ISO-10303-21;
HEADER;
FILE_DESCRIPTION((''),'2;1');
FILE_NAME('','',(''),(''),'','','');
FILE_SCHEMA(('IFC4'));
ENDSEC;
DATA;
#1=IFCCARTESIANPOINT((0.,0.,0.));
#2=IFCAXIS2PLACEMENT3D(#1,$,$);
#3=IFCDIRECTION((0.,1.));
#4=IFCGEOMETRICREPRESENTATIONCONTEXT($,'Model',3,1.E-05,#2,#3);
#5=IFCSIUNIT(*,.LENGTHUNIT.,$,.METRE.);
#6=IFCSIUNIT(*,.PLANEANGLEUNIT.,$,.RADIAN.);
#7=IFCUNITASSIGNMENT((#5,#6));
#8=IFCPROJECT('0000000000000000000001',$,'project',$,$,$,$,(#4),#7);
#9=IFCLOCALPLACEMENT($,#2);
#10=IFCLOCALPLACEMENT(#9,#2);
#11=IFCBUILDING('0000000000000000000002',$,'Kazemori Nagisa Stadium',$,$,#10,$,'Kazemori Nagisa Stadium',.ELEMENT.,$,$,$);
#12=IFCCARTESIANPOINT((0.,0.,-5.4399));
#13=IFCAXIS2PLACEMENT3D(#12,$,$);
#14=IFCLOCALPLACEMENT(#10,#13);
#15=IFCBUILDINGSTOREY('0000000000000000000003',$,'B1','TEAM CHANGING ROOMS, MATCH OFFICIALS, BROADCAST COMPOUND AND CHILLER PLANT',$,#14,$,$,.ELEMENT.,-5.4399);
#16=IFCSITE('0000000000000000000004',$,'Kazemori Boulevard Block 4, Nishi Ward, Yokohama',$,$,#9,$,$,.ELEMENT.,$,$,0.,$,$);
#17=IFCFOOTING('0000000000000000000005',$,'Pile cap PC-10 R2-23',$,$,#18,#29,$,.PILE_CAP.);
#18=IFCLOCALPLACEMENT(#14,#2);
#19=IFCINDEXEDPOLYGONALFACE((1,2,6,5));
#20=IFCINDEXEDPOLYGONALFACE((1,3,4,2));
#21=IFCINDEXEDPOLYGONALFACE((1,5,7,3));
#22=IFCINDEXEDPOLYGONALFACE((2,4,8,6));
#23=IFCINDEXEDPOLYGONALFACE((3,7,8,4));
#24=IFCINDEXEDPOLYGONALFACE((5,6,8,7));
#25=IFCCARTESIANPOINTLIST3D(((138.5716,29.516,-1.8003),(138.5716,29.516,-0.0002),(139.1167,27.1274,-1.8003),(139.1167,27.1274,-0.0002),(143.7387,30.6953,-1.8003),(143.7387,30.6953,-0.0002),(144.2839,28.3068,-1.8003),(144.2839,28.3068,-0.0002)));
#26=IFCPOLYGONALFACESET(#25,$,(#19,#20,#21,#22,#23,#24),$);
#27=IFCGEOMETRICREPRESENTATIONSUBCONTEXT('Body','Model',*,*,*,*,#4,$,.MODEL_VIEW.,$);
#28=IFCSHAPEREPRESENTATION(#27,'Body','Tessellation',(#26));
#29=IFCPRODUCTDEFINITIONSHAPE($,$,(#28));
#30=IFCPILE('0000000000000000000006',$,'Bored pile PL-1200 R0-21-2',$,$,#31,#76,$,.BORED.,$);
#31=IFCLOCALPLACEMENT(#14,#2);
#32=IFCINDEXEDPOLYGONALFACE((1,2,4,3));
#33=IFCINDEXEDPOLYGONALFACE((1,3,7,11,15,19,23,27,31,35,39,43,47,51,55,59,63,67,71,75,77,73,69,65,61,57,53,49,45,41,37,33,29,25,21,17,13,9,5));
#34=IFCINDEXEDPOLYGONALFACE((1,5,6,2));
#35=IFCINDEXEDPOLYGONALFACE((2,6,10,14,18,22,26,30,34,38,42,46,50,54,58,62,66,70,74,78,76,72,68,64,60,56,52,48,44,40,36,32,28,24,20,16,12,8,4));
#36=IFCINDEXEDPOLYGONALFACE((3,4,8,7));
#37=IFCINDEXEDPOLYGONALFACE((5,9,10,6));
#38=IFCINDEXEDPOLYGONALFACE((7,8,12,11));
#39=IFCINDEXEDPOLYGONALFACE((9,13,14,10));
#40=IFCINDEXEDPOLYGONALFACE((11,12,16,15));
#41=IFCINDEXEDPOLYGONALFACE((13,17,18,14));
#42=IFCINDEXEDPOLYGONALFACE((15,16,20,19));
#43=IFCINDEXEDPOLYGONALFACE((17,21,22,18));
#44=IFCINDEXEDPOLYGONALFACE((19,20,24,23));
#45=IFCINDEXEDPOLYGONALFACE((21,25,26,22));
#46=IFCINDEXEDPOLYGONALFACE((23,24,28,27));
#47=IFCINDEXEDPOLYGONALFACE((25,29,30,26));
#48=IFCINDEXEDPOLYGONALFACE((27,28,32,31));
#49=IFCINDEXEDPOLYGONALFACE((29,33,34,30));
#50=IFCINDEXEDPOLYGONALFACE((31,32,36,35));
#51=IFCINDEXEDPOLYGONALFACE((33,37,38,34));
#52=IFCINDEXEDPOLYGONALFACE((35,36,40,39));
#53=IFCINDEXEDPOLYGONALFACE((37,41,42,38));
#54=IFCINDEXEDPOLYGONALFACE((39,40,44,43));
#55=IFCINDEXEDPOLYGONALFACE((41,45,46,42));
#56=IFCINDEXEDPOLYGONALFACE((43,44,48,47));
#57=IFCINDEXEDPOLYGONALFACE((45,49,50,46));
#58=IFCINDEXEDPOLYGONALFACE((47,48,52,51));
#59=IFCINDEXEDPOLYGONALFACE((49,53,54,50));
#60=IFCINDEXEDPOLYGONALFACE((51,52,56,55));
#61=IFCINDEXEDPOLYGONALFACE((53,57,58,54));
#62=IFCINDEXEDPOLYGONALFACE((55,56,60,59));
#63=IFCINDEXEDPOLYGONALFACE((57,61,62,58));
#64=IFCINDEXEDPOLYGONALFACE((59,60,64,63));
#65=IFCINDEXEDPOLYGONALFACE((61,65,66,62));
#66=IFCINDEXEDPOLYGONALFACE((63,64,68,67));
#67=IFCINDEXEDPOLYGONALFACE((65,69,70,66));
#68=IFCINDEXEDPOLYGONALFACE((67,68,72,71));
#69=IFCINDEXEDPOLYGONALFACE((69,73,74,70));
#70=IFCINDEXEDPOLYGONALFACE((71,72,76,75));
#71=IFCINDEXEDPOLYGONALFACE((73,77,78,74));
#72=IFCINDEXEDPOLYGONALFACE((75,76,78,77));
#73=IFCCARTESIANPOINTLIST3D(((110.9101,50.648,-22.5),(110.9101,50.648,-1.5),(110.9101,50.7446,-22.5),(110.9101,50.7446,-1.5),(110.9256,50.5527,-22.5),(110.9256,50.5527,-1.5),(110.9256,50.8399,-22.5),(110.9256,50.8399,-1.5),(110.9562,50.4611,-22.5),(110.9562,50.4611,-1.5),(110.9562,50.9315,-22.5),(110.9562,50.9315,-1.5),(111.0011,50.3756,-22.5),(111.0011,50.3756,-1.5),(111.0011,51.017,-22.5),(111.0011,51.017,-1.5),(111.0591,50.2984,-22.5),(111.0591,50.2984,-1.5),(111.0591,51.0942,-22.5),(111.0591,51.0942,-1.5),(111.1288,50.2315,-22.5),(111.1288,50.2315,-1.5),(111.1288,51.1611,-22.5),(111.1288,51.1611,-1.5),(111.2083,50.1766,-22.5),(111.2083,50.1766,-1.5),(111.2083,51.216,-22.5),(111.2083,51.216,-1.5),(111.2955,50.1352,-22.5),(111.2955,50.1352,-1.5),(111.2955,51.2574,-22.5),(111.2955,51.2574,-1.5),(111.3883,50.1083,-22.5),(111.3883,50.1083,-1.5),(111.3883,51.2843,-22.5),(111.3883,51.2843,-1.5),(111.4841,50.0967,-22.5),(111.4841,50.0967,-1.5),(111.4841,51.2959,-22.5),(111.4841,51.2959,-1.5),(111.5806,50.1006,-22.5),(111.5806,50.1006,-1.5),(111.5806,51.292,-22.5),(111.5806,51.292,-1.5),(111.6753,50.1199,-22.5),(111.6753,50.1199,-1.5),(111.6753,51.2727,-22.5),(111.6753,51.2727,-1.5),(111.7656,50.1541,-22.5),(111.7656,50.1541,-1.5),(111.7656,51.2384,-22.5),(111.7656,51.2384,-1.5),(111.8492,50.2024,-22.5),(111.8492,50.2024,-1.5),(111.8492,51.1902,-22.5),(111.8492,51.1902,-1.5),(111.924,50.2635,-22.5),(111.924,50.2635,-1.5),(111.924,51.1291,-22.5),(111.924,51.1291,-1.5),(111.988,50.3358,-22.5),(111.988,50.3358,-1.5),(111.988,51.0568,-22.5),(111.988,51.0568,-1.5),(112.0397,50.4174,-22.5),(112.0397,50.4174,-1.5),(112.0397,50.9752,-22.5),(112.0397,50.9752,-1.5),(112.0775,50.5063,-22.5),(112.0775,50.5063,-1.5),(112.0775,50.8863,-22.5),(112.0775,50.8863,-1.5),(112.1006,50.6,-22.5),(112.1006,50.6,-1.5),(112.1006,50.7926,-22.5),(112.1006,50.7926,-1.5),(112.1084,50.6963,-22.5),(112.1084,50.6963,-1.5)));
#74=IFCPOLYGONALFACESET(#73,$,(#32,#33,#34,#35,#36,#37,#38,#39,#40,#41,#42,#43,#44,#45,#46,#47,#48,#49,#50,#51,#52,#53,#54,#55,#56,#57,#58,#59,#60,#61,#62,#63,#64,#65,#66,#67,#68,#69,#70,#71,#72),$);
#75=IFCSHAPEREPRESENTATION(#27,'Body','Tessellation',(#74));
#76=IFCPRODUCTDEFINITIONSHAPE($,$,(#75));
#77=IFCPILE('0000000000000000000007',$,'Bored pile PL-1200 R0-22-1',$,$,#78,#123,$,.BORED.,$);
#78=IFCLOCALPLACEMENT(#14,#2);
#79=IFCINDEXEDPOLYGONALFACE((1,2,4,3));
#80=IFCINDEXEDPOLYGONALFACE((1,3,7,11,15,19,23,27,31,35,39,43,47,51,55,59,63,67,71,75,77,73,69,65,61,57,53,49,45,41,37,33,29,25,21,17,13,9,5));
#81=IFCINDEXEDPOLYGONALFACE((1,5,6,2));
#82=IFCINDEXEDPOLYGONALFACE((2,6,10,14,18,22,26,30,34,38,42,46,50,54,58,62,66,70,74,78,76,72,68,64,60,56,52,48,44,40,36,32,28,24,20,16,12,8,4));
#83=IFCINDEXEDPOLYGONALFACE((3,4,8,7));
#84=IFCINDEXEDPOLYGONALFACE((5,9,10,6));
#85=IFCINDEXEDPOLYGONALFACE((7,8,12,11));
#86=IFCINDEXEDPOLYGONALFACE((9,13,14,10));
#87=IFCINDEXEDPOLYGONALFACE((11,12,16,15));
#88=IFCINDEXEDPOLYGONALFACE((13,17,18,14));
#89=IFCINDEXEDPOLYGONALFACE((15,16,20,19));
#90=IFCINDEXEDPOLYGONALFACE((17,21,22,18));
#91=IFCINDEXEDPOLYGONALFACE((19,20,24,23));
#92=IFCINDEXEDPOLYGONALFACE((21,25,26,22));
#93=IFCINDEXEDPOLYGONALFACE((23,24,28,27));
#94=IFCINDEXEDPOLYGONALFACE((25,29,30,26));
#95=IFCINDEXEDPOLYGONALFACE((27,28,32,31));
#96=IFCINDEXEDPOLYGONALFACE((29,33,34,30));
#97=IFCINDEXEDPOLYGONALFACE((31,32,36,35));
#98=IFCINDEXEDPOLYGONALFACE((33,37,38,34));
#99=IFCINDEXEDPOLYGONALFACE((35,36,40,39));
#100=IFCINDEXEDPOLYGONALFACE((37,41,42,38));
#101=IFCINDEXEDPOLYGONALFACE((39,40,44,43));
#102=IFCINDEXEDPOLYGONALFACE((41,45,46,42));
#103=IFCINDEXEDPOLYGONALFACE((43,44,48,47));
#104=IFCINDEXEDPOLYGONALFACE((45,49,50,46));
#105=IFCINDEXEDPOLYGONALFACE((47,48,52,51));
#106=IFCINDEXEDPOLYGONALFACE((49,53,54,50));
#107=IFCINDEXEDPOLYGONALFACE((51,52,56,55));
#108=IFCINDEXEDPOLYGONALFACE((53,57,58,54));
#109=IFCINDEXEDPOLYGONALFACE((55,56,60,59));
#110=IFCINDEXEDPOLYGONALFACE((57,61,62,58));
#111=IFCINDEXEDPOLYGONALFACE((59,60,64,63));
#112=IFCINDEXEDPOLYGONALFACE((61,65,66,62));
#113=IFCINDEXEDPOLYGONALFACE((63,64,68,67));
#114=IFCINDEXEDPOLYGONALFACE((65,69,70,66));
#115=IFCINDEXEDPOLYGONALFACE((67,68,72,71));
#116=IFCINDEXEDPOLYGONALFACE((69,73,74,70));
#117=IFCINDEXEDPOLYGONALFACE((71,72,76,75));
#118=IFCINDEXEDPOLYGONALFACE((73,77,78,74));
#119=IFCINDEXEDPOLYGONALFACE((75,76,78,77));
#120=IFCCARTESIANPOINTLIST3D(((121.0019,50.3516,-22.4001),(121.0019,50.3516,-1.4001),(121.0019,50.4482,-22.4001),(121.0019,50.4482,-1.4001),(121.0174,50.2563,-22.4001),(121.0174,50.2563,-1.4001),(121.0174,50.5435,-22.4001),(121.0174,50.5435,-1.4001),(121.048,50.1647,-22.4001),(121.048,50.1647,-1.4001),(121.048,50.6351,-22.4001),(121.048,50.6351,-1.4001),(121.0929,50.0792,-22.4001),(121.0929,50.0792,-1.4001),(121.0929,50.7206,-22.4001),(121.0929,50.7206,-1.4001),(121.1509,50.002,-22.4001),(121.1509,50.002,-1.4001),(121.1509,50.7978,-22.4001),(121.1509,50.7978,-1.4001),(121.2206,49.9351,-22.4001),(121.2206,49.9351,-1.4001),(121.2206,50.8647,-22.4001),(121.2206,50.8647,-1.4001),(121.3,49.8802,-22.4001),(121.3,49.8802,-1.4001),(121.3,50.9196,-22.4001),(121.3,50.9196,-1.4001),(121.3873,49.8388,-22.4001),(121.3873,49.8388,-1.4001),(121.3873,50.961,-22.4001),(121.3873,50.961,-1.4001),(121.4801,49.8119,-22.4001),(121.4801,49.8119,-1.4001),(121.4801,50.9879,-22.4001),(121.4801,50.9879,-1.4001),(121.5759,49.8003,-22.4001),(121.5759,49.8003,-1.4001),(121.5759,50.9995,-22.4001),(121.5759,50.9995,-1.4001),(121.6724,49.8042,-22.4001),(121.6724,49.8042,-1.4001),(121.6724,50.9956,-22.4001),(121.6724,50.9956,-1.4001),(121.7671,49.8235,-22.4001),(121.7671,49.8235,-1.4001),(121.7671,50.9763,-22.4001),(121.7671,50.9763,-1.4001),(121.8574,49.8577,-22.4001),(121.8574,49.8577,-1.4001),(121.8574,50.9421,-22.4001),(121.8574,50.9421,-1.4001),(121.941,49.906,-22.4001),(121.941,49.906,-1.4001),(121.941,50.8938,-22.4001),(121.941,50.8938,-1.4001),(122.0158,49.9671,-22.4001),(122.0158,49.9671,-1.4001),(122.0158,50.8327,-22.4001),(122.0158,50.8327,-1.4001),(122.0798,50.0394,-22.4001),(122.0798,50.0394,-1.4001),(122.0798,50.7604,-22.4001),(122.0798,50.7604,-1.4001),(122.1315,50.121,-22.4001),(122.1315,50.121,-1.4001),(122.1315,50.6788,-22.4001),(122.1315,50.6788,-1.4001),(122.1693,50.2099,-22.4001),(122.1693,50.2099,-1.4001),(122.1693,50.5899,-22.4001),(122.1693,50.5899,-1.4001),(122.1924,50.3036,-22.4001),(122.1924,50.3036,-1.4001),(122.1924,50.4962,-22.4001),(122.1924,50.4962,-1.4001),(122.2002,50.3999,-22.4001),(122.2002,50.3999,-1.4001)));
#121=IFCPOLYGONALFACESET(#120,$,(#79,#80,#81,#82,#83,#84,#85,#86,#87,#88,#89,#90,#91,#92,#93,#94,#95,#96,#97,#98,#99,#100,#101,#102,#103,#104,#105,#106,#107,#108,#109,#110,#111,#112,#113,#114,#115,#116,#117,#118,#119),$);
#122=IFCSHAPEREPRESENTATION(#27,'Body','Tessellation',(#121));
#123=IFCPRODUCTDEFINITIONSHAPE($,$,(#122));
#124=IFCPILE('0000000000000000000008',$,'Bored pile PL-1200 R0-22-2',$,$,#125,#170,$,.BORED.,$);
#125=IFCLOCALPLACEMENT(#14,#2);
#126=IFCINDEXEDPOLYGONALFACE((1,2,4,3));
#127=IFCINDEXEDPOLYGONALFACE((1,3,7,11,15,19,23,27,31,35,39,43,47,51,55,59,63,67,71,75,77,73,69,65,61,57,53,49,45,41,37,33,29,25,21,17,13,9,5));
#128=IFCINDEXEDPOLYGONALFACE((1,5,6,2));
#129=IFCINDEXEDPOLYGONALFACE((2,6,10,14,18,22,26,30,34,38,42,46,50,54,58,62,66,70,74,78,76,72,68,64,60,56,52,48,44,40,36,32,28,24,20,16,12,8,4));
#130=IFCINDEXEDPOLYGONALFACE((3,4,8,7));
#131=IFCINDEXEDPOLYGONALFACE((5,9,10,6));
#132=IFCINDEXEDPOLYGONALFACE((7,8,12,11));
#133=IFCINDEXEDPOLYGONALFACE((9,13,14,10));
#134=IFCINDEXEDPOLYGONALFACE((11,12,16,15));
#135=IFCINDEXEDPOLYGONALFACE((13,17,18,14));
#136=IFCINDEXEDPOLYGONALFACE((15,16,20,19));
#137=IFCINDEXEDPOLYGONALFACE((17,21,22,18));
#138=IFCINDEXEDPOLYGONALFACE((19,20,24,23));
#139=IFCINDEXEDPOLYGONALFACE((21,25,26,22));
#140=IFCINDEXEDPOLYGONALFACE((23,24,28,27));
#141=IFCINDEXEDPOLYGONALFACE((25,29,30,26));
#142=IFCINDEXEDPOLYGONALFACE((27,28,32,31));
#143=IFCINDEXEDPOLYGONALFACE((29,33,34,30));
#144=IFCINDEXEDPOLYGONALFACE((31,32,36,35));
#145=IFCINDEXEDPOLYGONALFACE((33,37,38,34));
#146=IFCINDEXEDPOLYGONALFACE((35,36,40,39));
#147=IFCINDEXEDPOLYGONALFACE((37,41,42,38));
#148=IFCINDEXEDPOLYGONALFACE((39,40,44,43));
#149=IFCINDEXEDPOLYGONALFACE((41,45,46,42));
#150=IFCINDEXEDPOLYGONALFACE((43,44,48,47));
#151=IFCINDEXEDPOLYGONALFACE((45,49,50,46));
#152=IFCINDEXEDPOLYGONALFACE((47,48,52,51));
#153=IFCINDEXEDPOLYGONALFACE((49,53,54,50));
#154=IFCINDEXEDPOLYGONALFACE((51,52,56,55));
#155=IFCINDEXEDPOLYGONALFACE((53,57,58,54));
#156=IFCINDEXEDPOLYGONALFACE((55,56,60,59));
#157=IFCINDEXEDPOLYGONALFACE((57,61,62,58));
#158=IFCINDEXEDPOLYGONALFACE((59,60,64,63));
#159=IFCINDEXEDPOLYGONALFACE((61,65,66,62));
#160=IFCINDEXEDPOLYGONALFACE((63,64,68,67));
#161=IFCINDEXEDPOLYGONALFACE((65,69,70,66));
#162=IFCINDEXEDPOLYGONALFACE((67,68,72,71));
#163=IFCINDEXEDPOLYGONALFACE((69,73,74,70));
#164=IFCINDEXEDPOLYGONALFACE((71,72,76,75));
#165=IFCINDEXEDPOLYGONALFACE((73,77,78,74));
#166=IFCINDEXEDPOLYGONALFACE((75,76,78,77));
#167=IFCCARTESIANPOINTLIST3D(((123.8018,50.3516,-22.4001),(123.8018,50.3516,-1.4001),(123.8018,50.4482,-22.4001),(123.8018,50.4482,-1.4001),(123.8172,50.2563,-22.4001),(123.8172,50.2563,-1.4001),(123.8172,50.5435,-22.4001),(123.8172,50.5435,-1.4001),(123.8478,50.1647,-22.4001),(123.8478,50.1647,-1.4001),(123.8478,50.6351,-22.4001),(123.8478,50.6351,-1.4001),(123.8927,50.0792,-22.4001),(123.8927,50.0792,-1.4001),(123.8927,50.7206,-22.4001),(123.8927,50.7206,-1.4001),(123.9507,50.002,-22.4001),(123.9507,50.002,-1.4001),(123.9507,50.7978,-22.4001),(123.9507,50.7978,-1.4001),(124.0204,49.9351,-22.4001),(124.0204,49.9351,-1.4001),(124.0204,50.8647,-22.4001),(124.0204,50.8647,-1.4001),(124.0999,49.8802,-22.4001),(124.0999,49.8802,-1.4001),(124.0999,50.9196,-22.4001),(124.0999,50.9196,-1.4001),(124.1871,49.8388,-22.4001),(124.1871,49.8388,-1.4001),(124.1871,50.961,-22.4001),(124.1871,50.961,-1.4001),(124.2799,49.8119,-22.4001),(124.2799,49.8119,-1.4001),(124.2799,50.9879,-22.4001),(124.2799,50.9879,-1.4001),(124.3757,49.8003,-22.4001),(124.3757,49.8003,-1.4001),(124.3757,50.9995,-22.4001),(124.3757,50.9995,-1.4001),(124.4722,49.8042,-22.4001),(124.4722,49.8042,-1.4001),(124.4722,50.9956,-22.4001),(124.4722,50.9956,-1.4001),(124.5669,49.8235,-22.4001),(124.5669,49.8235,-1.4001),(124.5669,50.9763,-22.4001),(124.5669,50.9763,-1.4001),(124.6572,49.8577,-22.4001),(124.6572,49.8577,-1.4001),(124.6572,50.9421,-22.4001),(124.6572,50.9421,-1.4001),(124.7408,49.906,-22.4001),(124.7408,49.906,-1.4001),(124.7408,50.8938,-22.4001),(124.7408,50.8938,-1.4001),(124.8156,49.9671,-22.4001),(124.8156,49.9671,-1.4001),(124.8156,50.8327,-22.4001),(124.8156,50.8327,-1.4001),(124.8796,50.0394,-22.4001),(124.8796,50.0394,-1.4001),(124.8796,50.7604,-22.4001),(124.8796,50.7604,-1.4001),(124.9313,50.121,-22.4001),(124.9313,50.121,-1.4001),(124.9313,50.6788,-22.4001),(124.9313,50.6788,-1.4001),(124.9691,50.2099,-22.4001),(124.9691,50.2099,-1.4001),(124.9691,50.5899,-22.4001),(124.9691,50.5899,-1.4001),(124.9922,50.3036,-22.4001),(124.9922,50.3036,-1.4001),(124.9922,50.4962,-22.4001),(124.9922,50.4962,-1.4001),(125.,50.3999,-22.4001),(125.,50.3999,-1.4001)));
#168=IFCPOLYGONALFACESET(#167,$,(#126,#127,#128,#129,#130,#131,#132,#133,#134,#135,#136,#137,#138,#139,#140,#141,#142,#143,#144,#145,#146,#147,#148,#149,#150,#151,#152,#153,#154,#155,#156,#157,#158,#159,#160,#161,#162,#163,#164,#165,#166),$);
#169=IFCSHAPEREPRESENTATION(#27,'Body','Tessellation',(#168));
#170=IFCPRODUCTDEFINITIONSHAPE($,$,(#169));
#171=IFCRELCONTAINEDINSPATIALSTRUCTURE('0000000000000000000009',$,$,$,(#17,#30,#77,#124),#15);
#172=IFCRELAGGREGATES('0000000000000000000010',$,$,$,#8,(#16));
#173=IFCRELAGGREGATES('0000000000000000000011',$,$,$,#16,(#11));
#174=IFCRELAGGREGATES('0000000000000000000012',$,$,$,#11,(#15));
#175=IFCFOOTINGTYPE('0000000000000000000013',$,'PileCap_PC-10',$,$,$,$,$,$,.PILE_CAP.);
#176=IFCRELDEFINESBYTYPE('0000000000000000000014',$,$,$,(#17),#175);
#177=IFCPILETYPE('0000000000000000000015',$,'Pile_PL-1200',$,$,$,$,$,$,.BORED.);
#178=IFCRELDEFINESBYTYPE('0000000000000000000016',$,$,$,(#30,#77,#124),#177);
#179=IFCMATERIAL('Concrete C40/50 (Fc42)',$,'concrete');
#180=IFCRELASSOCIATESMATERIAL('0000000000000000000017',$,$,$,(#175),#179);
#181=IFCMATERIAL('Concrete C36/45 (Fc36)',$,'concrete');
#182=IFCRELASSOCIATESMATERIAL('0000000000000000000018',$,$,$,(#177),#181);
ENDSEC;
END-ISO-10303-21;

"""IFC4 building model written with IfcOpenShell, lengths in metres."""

from ifc_helpers import new_model, si_unit, direction, frame, origin, origin_2d, place, context, subcontext, project, spatial, rectangle, circle, extrude, material, material_profile, profile_set, type_object, element, save


model = new_model("IFC4")

# Units and contexts
model_context = context("Model", 3, precision=1e-05, world=origin(), true_north=direction((0.0, 1.0)))
body_context = subcontext(model_context, "Body", "Model", "MODEL_VIEW")
ifc_project = project(units=[si_unit("LENGTHUNIT", "METRE"), si_unit("PLANEANGLEUNIT", "RADIAN")], contexts=[model_context])

# Site, building, storey
site_placement = place(None, origin())
site = spatial("IfcSite", under=ifc_project, at=site_placement, Name="Kazemori Boulevard Block 4, Nishi Ward, Yokohama", CompositionType="ELEMENT", RefElevation=0.0)
building_placement = place(site_placement, origin())
building = spatial("IfcBuilding", under=site, at=building_placement, Name="Kazemori Nagisa Stadium", LongName="Kazemori Nagisa Stadium", CompositionType="ELEMENT")
storey_placement = place(building_placement, frame((0.0, 0.0, -5.4399)))
storey = spatial("IfcBuildingStorey", under=building, at=storey_placement, Name="B1", Description="TEAM CHANGING ROOMS, MATCH OFFICIALS, BROADCAST COMPOUND AND CHILLER PLANT", CompositionType="ELEMENT", Elevation=-5.4399)

# Footing
ifc_material_1 = material(Name="Concrete C40/50 (Fc42)", Category="concrete")
footing_type_1 = type_object("IfcFootingType", Name="PileCap_PC-10", PredefinedType="PILE_CAP", material=ifc_material_1)
footing_1_placement = place(storey_placement, frame((141.4277, 28.9114, -1.8003), z_axis=(0.0, 0.0, 1.0), x_axis=(0.974928, 0.222521, 0.0)))
element("IfcFooting", 1, at=footing_1_placement, inside=storey, type_object=footing_type_1, Name="Pile cap PC-10 R2-23", PredefinedType="PILE_CAP", context=body_context, shape_type="SweptSolid", body=[
    extrude(rectangle(XDim=5.3, YDim=2.45, at=origin_2d()), origin(), (0.0, 0.0, 1.0), 1.8),
])

# Piles
ifc_material_2 = material(Name="Concrete C36/45 (Fc36)", Category="concrete")
ifc_material_profile_1 = material_profile(ifc_material_2, circle(Radius=0.6001, at=origin_2d()), Name="PILE-D1200")
ifc_profile_set_1 = profile_set([ifc_material_profile_1], Name="Concrete C36/45 (Fc36)")
pile_type = type_object("IfcPileType", Name="Pile_PL-1200", PredefinedType="BORED", material=ifc_profile_set_1)
for number, where, z_axis, x_axis, name in (
    (2, (111.5083, 50.6963, -1.5), (0.0, 0.0, -1.0), (1.0, 0.0, 0.0), "Bored pile PL-1200 R0-21-2"),
    (3, (121.6001, 50.3999, -1.4001), (0.0, 0.0, -1.0), (1.0, 0.0, 0.0), "Bored pile PL-1200 R0-22-1"),
    (4, (124.3999, 50.3999, -1.4001), (0.0, 0.0, -1.0), (1.0, 0.0, 0.0), "Bored pile PL-1200 R0-22-2"),
):
    element("IfcPile", number, at=place(storey_placement, frame(where, z_axis=z_axis, x_axis=x_axis)), inside=storey, type_object=pile_type, Name=name, PredefinedType="BORED", context=body_context, shape_type="SweptSolid", body=[
        extrude(circle(Radius=0.6001, at=origin_2d()), origin(), (0.0, 0.0, 1.0), 21.0),
    ])

save(model, "model.ifc")
